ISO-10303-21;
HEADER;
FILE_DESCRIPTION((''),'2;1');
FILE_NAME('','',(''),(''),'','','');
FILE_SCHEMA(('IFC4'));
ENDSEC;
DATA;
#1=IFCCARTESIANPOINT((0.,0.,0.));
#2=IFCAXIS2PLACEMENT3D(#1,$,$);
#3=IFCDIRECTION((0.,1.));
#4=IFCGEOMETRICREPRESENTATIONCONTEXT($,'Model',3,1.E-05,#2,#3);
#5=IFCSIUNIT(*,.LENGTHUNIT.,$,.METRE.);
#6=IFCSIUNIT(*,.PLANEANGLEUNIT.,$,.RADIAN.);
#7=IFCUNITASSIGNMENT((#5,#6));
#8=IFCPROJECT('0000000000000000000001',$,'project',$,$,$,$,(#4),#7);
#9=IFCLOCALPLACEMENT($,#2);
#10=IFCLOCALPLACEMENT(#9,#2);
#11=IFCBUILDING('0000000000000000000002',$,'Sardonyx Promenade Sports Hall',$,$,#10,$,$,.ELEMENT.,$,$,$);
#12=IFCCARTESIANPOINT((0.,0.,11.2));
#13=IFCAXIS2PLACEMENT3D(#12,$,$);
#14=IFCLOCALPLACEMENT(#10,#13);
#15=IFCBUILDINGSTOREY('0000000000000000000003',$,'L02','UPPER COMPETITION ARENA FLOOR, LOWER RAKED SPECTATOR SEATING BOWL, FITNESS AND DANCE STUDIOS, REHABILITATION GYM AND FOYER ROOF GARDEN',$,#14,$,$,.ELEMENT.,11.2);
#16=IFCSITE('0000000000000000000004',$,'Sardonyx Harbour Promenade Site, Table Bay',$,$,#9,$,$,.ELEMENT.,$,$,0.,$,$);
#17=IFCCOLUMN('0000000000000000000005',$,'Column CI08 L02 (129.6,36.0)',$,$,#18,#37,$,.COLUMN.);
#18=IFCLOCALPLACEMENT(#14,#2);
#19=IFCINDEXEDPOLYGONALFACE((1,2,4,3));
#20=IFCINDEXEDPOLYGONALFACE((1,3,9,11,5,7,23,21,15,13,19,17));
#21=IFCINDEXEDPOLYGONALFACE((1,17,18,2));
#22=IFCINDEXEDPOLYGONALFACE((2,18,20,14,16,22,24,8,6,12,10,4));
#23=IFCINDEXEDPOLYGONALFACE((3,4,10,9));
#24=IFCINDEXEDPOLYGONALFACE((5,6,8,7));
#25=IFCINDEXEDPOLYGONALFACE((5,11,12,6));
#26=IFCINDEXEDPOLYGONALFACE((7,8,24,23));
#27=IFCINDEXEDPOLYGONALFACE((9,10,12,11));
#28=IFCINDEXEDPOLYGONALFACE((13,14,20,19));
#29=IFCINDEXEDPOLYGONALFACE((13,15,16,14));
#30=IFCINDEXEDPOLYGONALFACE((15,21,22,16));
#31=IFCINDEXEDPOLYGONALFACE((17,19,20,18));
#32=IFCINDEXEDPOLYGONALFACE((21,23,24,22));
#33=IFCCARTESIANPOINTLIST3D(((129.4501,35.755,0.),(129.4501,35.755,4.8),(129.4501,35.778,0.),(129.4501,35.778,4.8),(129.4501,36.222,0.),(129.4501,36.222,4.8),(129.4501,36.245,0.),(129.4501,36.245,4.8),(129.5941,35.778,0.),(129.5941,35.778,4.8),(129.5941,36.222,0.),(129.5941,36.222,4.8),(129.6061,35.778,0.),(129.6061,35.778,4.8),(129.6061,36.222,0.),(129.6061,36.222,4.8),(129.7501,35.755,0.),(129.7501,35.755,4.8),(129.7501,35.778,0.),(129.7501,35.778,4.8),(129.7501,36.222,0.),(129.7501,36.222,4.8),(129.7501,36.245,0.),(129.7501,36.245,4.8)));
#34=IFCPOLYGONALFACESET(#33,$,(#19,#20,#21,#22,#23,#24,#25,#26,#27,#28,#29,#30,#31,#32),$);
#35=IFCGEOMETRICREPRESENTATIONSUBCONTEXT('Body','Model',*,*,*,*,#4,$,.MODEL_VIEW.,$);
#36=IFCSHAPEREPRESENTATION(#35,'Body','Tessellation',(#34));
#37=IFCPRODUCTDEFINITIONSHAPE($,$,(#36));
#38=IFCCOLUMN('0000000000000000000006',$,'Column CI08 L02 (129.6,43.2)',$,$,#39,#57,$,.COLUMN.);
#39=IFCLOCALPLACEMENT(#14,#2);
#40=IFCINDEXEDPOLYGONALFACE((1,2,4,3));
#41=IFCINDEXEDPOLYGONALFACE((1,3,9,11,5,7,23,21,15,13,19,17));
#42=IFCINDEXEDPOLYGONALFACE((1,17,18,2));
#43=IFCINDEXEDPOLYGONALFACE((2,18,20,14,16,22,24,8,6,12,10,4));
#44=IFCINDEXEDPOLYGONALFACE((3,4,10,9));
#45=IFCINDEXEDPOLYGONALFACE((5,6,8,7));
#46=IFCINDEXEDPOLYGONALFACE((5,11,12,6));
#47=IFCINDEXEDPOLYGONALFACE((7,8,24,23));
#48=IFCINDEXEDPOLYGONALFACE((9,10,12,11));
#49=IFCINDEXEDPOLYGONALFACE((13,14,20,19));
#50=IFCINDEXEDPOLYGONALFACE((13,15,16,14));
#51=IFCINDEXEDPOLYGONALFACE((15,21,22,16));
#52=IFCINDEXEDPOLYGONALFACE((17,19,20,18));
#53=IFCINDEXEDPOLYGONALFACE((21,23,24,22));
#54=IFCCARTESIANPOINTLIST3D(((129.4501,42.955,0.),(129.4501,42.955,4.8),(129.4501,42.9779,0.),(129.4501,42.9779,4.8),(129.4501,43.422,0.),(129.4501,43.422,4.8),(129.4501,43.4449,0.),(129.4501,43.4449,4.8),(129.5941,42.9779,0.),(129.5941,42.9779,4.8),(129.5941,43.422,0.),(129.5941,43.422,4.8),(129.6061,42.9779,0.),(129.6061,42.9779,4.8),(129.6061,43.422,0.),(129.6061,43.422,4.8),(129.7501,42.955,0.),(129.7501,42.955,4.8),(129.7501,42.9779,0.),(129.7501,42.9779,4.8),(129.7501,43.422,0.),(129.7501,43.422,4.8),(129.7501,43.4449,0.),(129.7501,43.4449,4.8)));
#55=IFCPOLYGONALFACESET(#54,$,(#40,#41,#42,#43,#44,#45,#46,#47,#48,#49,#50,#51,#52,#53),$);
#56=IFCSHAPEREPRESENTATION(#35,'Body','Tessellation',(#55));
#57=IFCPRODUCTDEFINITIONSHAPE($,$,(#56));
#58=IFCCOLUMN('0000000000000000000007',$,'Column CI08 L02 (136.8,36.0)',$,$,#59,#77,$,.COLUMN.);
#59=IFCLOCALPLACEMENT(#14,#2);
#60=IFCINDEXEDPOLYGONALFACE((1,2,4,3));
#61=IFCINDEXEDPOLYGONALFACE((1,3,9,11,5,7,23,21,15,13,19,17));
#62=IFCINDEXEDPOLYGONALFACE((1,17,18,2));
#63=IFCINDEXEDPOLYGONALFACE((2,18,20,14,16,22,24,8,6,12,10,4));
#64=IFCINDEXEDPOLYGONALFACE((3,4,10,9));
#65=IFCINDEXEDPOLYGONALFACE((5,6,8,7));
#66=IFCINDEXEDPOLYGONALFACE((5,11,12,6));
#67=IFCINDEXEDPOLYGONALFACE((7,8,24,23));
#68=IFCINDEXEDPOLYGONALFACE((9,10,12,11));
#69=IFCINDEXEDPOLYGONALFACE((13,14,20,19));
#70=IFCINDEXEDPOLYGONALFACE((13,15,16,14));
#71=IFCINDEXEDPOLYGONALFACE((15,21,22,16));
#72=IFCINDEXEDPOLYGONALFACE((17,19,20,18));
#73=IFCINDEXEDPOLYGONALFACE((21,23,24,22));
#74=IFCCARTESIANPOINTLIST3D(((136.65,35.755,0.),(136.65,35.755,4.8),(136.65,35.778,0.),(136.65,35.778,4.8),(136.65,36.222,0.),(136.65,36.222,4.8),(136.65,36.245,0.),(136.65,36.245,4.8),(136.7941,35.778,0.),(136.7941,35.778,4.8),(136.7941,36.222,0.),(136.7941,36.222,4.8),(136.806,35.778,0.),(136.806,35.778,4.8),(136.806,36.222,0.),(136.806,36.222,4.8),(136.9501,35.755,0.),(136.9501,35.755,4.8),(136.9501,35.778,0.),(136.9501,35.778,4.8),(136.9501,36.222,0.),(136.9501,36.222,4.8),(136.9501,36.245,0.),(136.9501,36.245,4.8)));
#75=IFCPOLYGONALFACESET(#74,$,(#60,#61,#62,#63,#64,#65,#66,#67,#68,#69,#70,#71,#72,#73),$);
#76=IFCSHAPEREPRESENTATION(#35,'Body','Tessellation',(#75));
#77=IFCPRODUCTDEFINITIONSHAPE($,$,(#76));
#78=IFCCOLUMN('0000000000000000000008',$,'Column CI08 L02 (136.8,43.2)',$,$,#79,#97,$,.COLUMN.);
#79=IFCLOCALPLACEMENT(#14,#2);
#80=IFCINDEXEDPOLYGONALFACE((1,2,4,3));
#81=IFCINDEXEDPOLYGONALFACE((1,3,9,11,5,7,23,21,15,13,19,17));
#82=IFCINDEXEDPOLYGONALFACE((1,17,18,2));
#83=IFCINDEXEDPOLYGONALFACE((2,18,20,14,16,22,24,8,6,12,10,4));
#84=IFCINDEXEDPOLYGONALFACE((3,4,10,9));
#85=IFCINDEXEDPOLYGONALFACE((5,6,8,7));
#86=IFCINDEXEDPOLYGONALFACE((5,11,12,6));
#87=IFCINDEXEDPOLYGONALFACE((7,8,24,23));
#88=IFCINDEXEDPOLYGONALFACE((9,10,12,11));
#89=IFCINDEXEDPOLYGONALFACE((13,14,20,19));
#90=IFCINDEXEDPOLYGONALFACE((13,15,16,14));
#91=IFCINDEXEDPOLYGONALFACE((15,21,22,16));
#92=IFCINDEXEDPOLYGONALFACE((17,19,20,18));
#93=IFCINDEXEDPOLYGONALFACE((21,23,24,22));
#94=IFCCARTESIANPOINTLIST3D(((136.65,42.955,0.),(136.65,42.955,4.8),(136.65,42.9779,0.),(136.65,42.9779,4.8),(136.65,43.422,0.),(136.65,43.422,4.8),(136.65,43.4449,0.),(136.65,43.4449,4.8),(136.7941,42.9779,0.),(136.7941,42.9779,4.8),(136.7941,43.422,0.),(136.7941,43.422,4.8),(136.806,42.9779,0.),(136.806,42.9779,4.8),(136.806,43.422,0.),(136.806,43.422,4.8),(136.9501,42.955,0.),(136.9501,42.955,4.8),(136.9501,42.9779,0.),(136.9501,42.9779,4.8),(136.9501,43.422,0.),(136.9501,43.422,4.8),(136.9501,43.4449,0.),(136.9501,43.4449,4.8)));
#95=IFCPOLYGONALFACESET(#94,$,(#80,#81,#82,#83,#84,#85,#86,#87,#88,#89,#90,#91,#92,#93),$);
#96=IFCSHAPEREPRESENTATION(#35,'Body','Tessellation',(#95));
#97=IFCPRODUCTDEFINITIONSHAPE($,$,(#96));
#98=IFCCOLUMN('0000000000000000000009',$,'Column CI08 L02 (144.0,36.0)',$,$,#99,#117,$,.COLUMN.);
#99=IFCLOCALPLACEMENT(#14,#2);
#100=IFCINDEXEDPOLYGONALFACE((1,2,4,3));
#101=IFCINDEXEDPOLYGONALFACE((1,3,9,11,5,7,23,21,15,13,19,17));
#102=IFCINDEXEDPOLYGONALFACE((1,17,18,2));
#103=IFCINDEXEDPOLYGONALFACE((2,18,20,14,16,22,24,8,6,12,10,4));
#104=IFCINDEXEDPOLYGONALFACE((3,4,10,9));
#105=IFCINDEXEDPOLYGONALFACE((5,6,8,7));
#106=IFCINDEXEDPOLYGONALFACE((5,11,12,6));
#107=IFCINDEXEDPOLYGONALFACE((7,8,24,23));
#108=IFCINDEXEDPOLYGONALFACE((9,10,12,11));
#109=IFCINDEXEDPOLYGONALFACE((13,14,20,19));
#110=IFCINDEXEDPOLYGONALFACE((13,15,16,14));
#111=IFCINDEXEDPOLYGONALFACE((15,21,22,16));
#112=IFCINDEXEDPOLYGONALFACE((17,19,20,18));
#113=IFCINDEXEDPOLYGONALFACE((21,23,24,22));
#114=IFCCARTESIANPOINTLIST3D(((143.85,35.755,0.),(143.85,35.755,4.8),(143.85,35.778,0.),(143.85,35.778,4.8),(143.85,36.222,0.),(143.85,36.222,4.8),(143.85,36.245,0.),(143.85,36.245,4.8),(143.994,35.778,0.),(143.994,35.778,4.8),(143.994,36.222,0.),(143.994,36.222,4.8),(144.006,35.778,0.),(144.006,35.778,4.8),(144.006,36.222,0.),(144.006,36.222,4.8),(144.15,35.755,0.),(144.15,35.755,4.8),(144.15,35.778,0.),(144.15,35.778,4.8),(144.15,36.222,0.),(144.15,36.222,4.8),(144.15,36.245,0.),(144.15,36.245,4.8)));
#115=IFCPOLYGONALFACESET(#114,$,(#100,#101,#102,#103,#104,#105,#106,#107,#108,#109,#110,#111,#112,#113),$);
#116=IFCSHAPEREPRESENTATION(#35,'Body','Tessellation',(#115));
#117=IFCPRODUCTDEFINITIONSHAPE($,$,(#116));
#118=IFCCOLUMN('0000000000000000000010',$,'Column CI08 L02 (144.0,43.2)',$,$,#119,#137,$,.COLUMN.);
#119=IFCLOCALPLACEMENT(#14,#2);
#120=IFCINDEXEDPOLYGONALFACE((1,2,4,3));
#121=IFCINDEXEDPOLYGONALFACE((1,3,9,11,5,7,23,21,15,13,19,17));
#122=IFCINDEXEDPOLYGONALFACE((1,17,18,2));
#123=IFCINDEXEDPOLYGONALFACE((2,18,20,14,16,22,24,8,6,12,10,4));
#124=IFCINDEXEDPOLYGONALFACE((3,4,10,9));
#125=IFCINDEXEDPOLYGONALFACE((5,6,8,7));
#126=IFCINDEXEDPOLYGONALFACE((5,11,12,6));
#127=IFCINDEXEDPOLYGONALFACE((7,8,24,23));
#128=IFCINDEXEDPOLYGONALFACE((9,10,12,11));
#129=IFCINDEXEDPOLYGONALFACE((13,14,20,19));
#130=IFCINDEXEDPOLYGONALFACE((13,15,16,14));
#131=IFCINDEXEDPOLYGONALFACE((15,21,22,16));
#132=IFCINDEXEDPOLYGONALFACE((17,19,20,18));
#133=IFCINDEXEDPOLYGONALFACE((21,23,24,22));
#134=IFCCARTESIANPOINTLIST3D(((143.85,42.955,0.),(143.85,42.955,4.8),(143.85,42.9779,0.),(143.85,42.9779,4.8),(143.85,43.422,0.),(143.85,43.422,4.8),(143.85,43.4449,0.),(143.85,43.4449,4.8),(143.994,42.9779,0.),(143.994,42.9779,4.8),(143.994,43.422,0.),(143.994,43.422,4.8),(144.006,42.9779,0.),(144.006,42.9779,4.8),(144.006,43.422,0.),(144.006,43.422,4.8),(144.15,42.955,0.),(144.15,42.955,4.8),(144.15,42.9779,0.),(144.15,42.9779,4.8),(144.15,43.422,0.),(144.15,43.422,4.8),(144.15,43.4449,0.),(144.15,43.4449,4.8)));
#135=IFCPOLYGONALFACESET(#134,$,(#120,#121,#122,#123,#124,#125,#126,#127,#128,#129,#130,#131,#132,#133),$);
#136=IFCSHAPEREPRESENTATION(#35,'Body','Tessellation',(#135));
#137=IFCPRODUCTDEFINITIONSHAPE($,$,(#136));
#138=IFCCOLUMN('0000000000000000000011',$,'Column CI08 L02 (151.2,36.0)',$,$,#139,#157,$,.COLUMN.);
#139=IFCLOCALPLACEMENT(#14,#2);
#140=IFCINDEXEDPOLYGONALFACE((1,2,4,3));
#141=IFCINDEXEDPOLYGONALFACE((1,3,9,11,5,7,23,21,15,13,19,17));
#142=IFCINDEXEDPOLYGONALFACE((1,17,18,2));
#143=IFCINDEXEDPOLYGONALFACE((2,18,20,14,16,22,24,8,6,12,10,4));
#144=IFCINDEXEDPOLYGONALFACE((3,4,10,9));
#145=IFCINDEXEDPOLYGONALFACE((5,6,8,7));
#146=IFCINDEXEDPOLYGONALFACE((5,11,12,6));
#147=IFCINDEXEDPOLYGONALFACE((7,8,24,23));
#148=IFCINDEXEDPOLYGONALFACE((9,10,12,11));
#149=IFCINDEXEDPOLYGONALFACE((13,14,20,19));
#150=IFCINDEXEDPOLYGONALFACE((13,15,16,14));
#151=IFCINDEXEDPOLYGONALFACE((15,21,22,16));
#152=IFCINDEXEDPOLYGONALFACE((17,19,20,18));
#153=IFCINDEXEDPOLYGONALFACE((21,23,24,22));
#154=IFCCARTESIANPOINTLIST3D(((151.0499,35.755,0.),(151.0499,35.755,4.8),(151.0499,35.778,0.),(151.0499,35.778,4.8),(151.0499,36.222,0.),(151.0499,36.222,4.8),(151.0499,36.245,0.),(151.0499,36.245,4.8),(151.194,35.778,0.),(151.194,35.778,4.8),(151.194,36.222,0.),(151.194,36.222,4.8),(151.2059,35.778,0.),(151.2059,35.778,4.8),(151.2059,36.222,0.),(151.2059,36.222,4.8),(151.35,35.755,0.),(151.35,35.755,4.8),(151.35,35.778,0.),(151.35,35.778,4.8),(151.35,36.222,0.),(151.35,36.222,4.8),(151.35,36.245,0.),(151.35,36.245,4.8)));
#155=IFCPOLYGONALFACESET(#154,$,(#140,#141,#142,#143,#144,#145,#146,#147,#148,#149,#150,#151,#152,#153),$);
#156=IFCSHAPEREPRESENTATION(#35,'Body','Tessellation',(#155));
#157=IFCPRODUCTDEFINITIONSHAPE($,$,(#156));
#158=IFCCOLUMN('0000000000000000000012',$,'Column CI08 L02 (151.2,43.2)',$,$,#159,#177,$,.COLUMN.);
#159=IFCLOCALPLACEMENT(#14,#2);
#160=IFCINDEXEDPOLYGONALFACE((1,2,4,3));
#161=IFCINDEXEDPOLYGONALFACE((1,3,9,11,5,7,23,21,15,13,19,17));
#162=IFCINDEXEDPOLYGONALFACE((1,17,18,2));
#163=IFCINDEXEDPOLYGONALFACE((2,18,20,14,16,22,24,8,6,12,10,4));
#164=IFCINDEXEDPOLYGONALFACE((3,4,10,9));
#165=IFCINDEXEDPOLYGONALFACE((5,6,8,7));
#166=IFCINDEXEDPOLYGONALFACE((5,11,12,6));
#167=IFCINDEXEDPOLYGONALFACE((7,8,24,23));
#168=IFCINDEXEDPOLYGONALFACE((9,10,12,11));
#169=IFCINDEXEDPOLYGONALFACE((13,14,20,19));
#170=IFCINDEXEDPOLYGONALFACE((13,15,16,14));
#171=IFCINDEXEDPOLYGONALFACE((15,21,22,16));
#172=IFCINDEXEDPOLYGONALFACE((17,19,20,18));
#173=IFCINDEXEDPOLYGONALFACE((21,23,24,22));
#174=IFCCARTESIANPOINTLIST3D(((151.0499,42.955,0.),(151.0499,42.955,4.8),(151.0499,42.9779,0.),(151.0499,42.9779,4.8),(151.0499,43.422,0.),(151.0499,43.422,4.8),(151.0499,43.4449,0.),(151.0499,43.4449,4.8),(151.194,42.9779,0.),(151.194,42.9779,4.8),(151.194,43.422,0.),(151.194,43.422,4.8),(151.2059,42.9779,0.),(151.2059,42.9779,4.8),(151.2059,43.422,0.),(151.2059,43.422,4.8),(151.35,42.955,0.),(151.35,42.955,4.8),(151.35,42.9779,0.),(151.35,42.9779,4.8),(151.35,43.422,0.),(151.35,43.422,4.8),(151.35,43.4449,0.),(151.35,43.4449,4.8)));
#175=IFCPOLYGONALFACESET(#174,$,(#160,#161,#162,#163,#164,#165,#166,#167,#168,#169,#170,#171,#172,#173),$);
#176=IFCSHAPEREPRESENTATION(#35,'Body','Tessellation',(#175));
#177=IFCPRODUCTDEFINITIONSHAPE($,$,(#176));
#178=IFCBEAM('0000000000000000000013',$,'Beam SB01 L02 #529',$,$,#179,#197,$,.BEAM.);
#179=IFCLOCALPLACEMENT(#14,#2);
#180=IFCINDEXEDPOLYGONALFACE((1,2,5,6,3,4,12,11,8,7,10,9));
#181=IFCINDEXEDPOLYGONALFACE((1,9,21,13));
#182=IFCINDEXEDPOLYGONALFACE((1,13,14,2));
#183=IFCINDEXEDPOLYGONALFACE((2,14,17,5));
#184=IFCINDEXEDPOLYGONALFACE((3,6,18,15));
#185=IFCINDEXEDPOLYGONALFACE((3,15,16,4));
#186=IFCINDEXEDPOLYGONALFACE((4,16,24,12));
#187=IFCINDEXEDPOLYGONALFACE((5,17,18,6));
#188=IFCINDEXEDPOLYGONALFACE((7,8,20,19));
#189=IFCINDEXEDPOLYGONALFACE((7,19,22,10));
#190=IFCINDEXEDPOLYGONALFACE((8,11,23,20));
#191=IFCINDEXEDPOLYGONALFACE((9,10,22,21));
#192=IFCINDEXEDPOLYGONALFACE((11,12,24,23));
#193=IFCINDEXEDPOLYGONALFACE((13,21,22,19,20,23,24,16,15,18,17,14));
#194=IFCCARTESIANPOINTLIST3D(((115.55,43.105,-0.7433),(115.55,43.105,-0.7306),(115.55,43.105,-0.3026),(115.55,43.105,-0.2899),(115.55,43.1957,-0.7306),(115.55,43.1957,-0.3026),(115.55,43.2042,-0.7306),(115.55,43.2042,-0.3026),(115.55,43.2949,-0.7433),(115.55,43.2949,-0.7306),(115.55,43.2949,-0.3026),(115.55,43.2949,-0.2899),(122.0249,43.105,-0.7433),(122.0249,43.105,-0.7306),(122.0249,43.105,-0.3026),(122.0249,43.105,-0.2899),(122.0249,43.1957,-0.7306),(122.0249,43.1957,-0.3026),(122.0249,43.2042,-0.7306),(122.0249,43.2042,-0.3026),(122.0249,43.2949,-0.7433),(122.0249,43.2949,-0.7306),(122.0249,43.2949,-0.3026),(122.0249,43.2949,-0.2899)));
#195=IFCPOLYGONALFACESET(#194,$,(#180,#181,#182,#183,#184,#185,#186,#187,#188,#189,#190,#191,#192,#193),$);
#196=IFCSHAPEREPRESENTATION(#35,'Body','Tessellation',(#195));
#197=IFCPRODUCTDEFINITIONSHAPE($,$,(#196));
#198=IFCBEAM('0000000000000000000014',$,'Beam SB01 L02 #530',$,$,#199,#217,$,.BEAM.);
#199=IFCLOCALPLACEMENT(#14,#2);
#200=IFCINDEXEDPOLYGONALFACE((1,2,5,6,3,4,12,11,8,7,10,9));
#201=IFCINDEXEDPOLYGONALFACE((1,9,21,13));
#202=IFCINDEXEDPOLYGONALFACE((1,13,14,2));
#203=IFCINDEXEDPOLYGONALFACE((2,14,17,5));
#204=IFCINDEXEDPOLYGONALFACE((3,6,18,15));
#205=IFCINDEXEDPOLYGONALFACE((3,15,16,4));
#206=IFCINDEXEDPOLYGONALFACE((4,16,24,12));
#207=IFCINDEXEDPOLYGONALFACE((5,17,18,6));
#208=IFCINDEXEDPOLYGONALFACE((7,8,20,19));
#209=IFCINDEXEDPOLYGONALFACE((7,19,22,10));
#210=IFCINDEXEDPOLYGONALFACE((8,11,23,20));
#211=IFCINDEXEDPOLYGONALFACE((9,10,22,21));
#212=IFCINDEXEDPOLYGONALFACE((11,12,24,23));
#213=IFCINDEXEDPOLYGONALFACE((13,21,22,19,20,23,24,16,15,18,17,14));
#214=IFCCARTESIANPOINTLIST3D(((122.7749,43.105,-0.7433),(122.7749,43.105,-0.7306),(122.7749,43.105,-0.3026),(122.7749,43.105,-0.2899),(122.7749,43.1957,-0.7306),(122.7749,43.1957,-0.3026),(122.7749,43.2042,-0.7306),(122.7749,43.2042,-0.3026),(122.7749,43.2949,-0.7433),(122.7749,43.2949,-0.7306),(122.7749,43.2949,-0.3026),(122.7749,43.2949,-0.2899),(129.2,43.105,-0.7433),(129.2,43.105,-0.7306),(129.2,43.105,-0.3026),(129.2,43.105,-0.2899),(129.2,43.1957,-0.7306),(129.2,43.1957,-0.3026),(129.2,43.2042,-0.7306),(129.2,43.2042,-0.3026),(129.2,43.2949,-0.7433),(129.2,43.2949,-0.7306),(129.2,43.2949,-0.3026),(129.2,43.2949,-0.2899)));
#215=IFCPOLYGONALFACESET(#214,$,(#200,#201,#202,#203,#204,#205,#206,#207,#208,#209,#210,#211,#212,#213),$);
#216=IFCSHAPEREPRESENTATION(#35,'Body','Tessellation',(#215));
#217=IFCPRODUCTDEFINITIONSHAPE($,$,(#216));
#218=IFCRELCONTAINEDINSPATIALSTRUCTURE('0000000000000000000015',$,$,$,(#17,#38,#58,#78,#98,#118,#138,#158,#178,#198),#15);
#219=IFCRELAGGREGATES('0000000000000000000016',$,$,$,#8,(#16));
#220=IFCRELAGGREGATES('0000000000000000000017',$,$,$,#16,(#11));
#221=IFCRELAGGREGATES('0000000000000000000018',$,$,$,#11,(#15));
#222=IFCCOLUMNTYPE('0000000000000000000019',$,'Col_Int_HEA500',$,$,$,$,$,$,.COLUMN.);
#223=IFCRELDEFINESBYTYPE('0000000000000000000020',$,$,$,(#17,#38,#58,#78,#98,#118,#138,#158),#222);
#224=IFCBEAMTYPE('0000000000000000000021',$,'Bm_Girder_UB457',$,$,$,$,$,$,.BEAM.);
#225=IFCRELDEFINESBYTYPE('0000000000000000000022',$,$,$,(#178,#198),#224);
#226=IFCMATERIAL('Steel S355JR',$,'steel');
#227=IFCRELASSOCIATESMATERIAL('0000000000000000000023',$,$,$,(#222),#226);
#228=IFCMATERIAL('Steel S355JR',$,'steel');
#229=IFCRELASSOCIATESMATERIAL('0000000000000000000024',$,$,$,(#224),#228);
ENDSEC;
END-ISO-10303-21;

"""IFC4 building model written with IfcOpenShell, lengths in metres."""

from ifc_helpers import new_model, si_unit, direction, frame, origin, origin_2d, place, context, subcontext, project, spatial, i_section, extrude, material, material_profile, profile_set, type_object, element, save


model = new_model("IFC4")

# Units and contexts
model_context = context("Model", 3, precision=1e-05, world=origin(), true_north=direction((0.0, 1.0)))
body_context = subcontext(model_context, "Body", "Model", "MODEL_VIEW")
ifc_project = project(units=[si_unit("LENGTHUNIT", "METRE"), si_unit("PLANEANGLEUNIT", "RADIAN")], contexts=[model_context])

# Site, building, storey
site_placement = place(None, origin())
site = spatial("IfcSite", under=ifc_project, at=site_placement, Name="Sardonyx Harbour Promenade Site, Table Bay", CompositionType="ELEMENT", RefElevation=0.0)
building_placement = place(site_placement, origin())
building = spatial("IfcBuilding", under=site, at=building_placement, Name="Sardonyx Promenade Sports Hall", CompositionType="ELEMENT")
storey_placement = place(building_placement, frame((0.0, 0.0, 11.2)))
storey = spatial("IfcBuildingStorey", under=building, at=storey_placement, Name="L02", Description="UPPER COMPETITION ARENA FLOOR, LOWER RAKED SPECTATOR SEATING BOWL, FITNESS AND DANCE STUDIOS, REHABILITATION GYM AND FOYER ROOF GARDEN", CompositionType="ELEMENT", Elevation=11.2)

# Columns
ifc_material_1 = material(Name="Steel S355JR", Category="steel")
ifc_material_profile_1 = material_profile(ifc_material_1, i_section(OverallWidth=0.3, OverallDepth=0.49, WebThickness=0.012, FlangeThickness=0.0229, at=origin_2d()))
ifc_profile_set_1 = profile_set([ifc_material_profile_1], Name="Steel S355JR")
column_type_1 = type_object("IfcColumnType", Name="Col_Int_HEA500", PredefinedType="COLUMN", material=ifc_profile_set_1)
for number, where, z_axis, x_axis, name in (
    (1, (129.6001, 36.0, 0.0), (0.0, 0.0, 1.0), (1.0, 0.0, 0.0), "Column CI08 L02 (129.6,36.0)"),
    (2, (129.6001, 43.2, 0.0), (0.0, 0.0, 1.0), (1.0, 0.0, 0.0), "Column CI08 L02 (129.6,43.2)"),
    (3, (136.8, 36.0, 0.0), (0.0, 0.0, 1.0), (1.0, 0.0, 0.0), "Column CI08 L02 (136.8,36.0)"),
    (4, (136.8, 43.2, 0.0), (0.0, 0.0, 1.0), (1.0, 0.0, 0.0), "Column CI08 L02 (136.8,43.2)"),
    (5, (144.0, 36.0, 0.0), (0.0, 0.0, 1.0), (1.0, 0.0, 0.0), "Column CI08 L02 (144.0,36.0)"),
    (6, (144.0, 43.2, 0.0), (0.0, 0.0, 1.0), (1.0, 0.0, 0.0), "Column CI08 L02 (144.0,43.2)"),
    (7, (151.2, 36.0, 0.0), (0.0, 0.0, 1.0), (1.0, 0.0, 0.0), "Column CI08 L02 (151.2,36.0)"),
    (8, (151.2, 43.2, 0.0), (0.0, 0.0, 1.0), (1.0, 0.0, 0.0), "Column CI08 L02 (151.2,43.2)"),
):
    element("IfcColumn", number, at=place(storey_placement, frame(where, z_axis=z_axis, x_axis=x_axis)), inside=storey, type_object=column_type_1, Name=name, PredefinedType="COLUMN", context=body_context, shape_type="SweptSolid", body=[
        extrude(i_section(OverallWidth=0.3, OverallDepth=0.49, WebThickness=0.012, FlangeThickness=0.0229, at=origin_2d()), origin(), (0.0, 0.0, 1.0), 4.8),
    ])

# Beams
ifc_material_2 = material(Name="Steel S355JR", Category="steel")
ifc_material_profile_2 = material_profile(ifc_material_2, i_section(OverallWidth=0.1899, OverallDepth=0.4534, WebThickness=0.0085, FlangeThickness=0.0127, at=origin_2d()))
ifc_profile_set_2 = profile_set([ifc_material_profile_2], Name="Steel S355JR")
beam_type_1 = type_object("IfcBeamType", Name="Bm_Girder_UB457", PredefinedType="BEAM", material=ifc_profile_set_2)
beam_1_placement = place(storey_placement, frame((115.55, 43.2, -0.5166), z_axis=(1.0, 0.0, 0.0), x_axis=(0.0, 1.0, 0.0)))
element("IfcBeam", 9, at=beam_1_placement, inside=storey, type_object=beam_type_1, Name="Beam SB01 L02 #529", PredefinedType="BEAM", context=body_context, shape_type="SweptSolid", body=[
    extrude(i_section(OverallWidth=0.1899, OverallDepth=0.4534, WebThickness=0.0085, FlangeThickness=0.0127, at=origin_2d()), origin(), (0.0, 0.0, 1.0), 6.4749),
])
beam_2_placement = place(storey_placement, frame((122.7749, 43.2, -0.5166), z_axis=(1.0, 0.0, 0.0), x_axis=(0.0, 1.0, 0.0)))
element("IfcBeam", 10, at=beam_2_placement, inside=storey, type_object=beam_type_1, Name="Beam SB01 L02 #530", PredefinedType="BEAM", context=body_context, shape_type="SweptSolid", body=[
    extrude(i_section(OverallWidth=0.1899, OverallDepth=0.4534, WebThickness=0.0085, FlangeThickness=0.0127, at=origin_2d()), origin(), (0.0, 0.0, 1.0), 6.425),
])

save(model, "model.ifc")
